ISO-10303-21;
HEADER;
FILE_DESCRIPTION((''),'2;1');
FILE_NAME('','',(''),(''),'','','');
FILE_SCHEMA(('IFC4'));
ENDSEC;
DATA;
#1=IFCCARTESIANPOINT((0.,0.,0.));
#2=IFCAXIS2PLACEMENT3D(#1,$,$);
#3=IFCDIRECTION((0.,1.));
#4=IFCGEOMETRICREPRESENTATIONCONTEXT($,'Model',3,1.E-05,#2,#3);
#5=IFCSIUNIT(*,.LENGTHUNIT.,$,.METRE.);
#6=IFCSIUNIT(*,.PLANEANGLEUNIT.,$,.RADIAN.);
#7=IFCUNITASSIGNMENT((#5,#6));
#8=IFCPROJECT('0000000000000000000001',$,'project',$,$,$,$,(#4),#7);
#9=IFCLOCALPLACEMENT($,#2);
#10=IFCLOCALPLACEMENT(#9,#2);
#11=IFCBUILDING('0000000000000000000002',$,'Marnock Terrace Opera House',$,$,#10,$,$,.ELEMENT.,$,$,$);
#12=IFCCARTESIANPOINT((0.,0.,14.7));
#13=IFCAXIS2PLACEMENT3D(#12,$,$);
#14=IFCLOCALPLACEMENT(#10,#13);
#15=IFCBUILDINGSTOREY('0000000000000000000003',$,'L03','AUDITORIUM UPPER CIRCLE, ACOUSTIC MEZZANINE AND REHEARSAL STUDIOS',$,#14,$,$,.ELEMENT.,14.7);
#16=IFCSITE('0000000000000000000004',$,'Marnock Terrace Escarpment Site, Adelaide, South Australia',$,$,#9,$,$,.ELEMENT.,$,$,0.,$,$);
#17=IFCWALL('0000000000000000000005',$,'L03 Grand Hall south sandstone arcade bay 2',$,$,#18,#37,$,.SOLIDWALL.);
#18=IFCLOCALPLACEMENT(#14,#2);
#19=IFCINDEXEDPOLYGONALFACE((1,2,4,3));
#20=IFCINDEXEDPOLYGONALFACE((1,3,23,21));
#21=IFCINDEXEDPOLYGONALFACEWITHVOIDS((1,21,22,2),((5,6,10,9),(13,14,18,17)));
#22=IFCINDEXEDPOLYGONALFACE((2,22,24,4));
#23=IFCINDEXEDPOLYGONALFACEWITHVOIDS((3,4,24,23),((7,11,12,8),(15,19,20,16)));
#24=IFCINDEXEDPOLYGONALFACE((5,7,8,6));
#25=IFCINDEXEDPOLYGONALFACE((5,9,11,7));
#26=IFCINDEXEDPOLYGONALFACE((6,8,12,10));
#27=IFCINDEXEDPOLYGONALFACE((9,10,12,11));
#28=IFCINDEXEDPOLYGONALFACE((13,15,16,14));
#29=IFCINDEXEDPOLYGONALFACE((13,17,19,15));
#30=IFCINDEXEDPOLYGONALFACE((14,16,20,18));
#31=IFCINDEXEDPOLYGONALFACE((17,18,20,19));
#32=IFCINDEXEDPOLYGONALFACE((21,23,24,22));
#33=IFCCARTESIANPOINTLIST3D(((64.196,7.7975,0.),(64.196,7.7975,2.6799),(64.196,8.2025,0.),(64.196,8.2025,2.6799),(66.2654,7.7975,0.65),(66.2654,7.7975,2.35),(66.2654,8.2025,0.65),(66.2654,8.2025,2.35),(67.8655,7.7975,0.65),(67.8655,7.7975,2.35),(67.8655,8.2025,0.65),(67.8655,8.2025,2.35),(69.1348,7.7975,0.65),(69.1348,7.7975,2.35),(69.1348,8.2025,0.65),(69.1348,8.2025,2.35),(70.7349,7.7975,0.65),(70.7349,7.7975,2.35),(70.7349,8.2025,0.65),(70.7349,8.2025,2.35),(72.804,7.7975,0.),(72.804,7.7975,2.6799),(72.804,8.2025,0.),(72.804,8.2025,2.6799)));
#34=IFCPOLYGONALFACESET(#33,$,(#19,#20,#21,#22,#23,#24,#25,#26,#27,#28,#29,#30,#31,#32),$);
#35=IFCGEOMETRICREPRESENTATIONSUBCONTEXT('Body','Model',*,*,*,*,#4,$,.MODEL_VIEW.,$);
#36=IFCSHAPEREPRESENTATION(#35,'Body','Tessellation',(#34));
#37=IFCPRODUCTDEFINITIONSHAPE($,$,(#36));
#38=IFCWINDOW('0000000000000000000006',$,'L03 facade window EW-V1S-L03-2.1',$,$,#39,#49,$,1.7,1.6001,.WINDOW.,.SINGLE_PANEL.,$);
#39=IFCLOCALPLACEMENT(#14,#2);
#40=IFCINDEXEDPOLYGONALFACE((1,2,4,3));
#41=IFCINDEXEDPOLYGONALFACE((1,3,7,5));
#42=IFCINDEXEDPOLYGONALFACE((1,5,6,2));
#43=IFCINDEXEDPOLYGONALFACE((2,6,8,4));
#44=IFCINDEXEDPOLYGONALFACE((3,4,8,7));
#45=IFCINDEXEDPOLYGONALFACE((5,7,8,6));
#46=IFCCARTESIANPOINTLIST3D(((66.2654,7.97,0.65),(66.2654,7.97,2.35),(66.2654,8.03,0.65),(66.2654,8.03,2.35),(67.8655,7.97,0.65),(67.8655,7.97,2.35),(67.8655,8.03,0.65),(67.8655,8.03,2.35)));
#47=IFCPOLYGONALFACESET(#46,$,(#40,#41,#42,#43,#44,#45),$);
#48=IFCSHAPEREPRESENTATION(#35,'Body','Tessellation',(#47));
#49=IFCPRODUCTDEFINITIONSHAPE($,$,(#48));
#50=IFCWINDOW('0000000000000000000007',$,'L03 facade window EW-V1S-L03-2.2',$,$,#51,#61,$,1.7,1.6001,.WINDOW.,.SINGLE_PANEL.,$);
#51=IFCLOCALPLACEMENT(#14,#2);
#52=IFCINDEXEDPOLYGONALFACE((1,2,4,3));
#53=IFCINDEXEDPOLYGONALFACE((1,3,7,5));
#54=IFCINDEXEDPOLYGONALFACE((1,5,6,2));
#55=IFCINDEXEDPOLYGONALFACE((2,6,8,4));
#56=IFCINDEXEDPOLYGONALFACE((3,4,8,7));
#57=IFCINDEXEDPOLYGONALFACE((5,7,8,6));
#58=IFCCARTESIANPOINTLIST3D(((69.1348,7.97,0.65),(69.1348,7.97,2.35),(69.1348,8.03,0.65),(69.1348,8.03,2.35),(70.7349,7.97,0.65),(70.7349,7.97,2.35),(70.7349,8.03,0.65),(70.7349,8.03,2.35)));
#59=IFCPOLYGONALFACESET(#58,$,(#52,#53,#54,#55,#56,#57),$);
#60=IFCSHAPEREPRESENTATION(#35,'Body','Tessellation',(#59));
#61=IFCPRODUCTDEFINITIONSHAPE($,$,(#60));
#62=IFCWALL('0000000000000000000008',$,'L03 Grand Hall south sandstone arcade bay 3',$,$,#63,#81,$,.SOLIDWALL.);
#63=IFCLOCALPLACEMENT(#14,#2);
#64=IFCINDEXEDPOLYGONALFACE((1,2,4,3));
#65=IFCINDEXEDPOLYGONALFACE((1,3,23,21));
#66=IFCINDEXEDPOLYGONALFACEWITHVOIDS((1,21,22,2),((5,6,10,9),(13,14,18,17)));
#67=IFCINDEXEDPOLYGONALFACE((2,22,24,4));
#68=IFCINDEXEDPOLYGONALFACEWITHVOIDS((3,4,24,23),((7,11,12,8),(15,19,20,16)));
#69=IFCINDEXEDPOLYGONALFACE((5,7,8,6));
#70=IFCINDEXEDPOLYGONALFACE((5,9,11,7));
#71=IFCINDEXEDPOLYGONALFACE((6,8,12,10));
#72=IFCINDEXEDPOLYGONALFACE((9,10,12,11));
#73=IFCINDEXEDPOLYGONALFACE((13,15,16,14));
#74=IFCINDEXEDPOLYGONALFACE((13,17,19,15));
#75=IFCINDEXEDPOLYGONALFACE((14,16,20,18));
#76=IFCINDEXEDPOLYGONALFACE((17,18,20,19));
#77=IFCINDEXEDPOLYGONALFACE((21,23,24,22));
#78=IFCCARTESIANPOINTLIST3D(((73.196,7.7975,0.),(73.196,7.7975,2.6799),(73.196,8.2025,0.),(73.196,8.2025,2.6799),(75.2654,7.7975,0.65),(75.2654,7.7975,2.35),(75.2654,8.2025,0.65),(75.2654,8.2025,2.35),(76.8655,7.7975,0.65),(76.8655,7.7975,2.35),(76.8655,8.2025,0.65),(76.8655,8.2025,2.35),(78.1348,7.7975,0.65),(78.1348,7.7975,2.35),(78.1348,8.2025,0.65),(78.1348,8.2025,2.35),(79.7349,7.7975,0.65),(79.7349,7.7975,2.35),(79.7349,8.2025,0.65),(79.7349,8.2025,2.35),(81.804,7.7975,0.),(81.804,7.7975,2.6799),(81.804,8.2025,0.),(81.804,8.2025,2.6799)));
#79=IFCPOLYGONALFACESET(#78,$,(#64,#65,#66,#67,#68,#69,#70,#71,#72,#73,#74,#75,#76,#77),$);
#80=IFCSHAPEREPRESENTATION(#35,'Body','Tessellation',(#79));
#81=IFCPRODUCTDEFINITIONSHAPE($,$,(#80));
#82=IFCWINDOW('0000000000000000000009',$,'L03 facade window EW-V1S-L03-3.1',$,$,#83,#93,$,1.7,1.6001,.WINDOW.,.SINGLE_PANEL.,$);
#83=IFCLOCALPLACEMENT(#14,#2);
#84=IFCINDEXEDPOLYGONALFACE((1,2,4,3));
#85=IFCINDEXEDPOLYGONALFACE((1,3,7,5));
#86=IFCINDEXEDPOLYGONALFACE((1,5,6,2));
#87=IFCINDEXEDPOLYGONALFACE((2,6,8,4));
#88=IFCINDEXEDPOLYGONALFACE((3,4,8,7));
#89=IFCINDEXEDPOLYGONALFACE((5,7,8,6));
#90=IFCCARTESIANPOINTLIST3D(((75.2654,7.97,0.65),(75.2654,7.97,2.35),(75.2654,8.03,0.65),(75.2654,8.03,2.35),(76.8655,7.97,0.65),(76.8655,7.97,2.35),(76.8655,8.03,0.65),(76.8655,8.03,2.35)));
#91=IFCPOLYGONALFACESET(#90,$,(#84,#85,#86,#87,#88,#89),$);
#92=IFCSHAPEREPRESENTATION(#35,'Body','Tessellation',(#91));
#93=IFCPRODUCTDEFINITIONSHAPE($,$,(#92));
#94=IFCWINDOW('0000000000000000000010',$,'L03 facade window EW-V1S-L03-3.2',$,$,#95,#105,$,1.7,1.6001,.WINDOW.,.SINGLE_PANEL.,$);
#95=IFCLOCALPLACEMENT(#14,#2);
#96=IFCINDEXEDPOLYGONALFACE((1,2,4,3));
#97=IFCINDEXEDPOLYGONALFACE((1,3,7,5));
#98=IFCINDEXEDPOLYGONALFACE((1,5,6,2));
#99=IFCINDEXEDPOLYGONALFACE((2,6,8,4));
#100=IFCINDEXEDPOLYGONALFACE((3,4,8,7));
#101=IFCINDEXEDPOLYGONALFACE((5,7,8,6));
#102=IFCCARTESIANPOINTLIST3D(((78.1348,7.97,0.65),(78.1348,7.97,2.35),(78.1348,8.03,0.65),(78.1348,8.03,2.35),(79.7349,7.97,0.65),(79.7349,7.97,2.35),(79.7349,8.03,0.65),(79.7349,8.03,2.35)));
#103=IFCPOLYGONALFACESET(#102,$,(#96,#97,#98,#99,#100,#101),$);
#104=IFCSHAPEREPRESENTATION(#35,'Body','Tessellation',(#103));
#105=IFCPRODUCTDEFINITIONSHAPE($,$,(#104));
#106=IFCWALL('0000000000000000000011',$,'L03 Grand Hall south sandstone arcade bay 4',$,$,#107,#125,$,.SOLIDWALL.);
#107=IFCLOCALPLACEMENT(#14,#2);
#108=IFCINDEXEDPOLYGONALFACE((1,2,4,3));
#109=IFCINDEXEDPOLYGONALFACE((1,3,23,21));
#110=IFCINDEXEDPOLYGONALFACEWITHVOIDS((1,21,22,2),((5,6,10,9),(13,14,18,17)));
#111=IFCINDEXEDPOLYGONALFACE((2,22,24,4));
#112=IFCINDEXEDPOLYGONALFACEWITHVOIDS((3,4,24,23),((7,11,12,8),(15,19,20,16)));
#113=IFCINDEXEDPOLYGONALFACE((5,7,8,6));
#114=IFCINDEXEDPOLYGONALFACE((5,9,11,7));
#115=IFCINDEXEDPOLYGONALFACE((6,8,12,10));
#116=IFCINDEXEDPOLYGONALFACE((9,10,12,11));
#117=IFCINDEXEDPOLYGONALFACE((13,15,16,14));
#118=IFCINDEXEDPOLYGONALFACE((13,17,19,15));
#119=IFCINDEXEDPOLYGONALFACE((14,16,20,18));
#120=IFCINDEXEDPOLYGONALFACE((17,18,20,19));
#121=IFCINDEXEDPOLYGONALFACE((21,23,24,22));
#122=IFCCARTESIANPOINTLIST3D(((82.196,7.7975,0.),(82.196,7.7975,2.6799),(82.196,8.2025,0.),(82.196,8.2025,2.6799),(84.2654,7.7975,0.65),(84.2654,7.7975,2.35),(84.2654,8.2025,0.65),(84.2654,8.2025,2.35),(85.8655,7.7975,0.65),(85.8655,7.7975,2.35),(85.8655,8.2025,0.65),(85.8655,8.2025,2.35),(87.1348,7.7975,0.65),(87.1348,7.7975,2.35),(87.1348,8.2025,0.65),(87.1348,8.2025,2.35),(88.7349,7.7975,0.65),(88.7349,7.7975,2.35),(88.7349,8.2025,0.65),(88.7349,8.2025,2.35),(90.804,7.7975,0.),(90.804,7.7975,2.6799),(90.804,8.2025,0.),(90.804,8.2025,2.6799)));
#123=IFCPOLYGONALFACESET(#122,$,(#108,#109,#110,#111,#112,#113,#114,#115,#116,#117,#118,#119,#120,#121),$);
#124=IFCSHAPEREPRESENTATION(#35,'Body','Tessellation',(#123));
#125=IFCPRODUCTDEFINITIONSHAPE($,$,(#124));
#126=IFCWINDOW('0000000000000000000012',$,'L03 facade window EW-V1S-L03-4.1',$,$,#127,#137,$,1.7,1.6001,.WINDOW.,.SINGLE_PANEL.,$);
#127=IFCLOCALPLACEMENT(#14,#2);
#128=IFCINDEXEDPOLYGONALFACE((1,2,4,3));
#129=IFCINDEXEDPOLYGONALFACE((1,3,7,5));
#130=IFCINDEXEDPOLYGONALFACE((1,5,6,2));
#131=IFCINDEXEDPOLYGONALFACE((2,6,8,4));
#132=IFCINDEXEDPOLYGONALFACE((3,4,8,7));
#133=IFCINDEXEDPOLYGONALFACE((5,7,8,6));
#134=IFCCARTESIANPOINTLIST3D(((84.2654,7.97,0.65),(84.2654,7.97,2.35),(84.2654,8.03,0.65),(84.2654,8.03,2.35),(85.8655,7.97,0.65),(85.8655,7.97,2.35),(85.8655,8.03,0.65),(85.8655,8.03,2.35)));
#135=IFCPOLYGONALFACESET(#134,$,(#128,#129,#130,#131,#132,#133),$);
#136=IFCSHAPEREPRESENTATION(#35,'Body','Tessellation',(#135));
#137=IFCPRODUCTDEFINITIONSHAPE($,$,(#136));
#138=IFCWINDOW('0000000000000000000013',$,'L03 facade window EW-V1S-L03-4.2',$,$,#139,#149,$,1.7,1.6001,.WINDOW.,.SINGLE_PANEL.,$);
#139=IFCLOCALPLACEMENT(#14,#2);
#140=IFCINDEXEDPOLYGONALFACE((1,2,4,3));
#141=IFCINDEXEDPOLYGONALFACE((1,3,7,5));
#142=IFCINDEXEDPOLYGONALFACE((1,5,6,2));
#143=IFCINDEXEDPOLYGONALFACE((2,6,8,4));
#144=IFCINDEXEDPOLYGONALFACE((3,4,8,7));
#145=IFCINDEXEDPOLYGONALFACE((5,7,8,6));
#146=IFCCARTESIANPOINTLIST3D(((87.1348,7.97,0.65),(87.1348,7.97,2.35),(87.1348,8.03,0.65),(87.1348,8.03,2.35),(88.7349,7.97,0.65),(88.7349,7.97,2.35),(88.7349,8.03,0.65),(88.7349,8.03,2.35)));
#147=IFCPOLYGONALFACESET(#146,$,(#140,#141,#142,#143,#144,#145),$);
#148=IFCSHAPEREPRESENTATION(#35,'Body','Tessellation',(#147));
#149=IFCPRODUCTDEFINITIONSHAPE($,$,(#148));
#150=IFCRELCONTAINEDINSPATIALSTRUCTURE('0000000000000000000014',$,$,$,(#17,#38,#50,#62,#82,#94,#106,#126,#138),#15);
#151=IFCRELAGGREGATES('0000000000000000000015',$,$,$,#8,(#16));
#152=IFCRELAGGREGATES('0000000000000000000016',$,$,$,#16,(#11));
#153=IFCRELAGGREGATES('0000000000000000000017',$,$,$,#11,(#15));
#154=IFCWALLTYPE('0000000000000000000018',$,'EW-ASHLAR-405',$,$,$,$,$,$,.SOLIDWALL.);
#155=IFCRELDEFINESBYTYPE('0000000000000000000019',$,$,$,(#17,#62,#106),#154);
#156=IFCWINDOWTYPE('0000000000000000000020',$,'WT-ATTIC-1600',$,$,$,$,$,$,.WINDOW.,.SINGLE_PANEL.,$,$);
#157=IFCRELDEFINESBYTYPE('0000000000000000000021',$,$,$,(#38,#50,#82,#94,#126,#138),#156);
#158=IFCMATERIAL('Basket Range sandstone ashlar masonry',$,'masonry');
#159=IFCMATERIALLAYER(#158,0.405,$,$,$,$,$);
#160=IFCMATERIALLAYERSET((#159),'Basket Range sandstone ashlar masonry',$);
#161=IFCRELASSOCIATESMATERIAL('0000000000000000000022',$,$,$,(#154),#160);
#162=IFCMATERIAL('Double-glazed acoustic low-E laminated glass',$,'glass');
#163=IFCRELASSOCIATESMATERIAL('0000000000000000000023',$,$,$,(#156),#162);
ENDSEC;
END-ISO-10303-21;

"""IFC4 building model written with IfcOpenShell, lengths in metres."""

from ifc_helpers import new_model, si_unit, direction, frame, frame_2d, origin, place, context, subcontext, project, spatial, rectangle, extrude, material, layer, layer_set, type_object, element, fill, save


model = new_model("IFC4")

# Units and contexts
model_context = context("Model", 3, precision=1e-05, world=origin(), true_north=direction((0.0, 1.0)))
body_context = subcontext(model_context, "Body", "Model", "MODEL_VIEW")
ifc_project = project(units=[si_unit("LENGTHUNIT", "METRE"), si_unit("PLANEANGLEUNIT", "RADIAN")], contexts=[model_context])

# Site, building, storey
site_placement = place(None, origin())
site = spatial("IfcSite", under=ifc_project, at=site_placement, Name="Marnock Terrace Escarpment Site, Adelaide, South Australia", CompositionType="ELEMENT", RefElevation=0.0)
building_placement = place(site_placement, origin())
building = spatial("IfcBuilding", under=site, at=building_placement, Name="Marnock Terrace Opera House", CompositionType="ELEMENT")
storey_placement = place(building_placement, frame((0.0, 0.0, 14.7)))
storey = spatial("IfcBuildingStorey", under=building, at=storey_placement, Name="L03", Description="AUDITORIUM UPPER CIRCLE, ACOUSTIC MEZZANINE AND REHEARSAL STUDIOS", CompositionType="ELEMENT", Elevation=14.7)

# Walls, openings, windows
ifc_material_1 = material(Name="Basket Range sandstone ashlar masonry", Category="masonry")
ifc_layer = layer(ifc_material_1, 0.405)
ifc_layer_set = layer_set([ifc_layer], Name="Basket Range sandstone ashlar masonry")
wall_type = type_object("IfcWallType", Name="EW-ASHLAR-405", PredefinedType="SOLIDWALL", material=ifc_layer_set)
wall_1_placement = place(storey_placement, frame((64.196, 8.0, 0.0), z_axis=(0.0, 0.0, 1.0), x_axis=(1.0, 0.0, 0.0)))
wall_1 = element("IfcWall", 1, at=wall_1_placement, inside=storey, type_object=wall_type, Name="L03 Grand Hall south sandstone arcade bay 2", PredefinedType="SOLIDWALL", context=body_context, shape_type="SweptSolid", body=[
    extrude(rectangle(XDim=8.6079, YDim=0.405, at=frame_2d((4.304, 0.0))), origin(), (0.0, 0.0, 1.0), 2.6799),
])
opening_1_placement = place(wall_1_placement, frame((2.0693, 0.0, 0.6499)))
opening_1 = element("IfcOpeningElement", 2, at=opening_1_placement, cuts=wall_1, PredefinedType="OPENING", context=body_context, shape_type="SweptSolid", body=[
    extrude(rectangle(XDim=1.6001, YDim=1.7, at=frame_2d((0.8, 0.8501))), frame((0.0, 0.2124, 0.0), z_axis=(0.0, -1.0, 0.0), x_axis=(1.0, 0.0, 0.0)), (0.0, 0.0, 1.0), 0.425),
])
opening_2_placement = place(wall_1_placement, frame((4.9387, 0.0, 0.6499)))
opening_2 = element("IfcOpeningElement", 3, at=opening_2_placement, cuts=wall_1, PredefinedType="OPENING", context=body_context, shape_type="SweptSolid", body=[
    extrude(rectangle(XDim=1.6001, YDim=1.7, at=frame_2d((0.8, 0.8501))), frame((0.0, 0.2124, 0.0), z_axis=(0.0, -1.0, 0.0), x_axis=(1.0, 0.0, 0.0)), (0.0, 0.0, 1.0), 0.425),
])
ifc_material_2 = material(Name="Double-glazed acoustic low-E laminated glass", Category="glass")
window_type = type_object("IfcWindowType", Name="WT-ATTIC-1600", PartitioningType="SINGLE_PANEL", PredefinedType="WINDOW", material=ifc_material_2)
window_1_placement = place(opening_1_placement, origin())
window_1 = element("IfcWindow", 4, at=window_1_placement, inside=storey, type_object=window_type, Name="L03 facade window EW-V1S-L03-2.1", OverallHeight=1.7, OverallWidth=1.6001, PartitioningType="SINGLE_PANEL", PredefinedType="WINDOW", context=body_context, shape_type="SweptSolid", body=[
    extrude(rectangle(XDim=1.6001, YDim=1.7, at=frame_2d((0.8, 0.8501))), frame((0.0, 0.03, 0.0), z_axis=(0.0, -1.0, 0.0), x_axis=(1.0, 0.0, 0.0)), (0.0, 0.0, 1.0), 0.0601),
])
fill(opening_1, window_1)
window_2_placement = place(opening_2_placement, origin())
window_2 = element("IfcWindow", 5, at=window_2_placement, inside=storey, type_object=window_type, Name="L03 facade window EW-V1S-L03-2.2", OverallHeight=1.7, OverallWidth=1.6001, PartitioningType="SINGLE_PANEL", PredefinedType="WINDOW", context=body_context, shape_type="SweptSolid", body=[
    extrude(rectangle(XDim=1.6001, YDim=1.7, at=frame_2d((0.8, 0.8501))), frame((0.0, 0.03, 0.0), z_axis=(0.0, -1.0, 0.0), x_axis=(1.0, 0.0, 0.0)), (0.0, 0.0, 1.0), 0.0601),
])
fill(opening_2, window_2)
wall_2_placement = place(storey_placement, frame((73.196, 8.0, 0.0), z_axis=(0.0, 0.0, 1.0), x_axis=(1.0, 0.0, 0.0)))
wall_2 = element("IfcWall", 6, at=wall_2_placement, inside=storey, type_object=wall_type, Name="L03 Grand Hall south sandstone arcade bay 3", PredefinedType="SOLIDWALL", context=body_context, shape_type="SweptSolid", body=[
    extrude(rectangle(XDim=8.6079, YDim=0.405, at=frame_2d((4.304, 0.0))), origin(), (0.0, 0.0, 1.0), 2.6799),
])
opening_3_placement = place(wall_2_placement, frame((2.0693, 0.0, 0.6499)))
opening_3 = element("IfcOpeningElement", 7, at=opening_3_placement, cuts=wall_2, PredefinedType="OPENING", context=body_context, shape_type="SweptSolid", body=[
    extrude(rectangle(XDim=1.6001, YDim=1.7, at=frame_2d((0.8, 0.8501))), frame((0.0, 0.2124, 0.0), z_axis=(0.0, -1.0, 0.0), x_axis=(1.0, 0.0, 0.0)), (0.0, 0.0, 1.0), 0.425),
])
opening_4_placement = place(wall_2_placement, frame((4.9387, 0.0, 0.6499)))
opening_4 = element("IfcOpeningElement", 8, at=opening_4_placement, cuts=wall_2, PredefinedType="OPENING", context=body_context, shape_type="SweptSolid", body=[
    extrude(rectangle(XDim=1.6001, YDim=1.7, at=frame_2d((0.8, 0.8501))), frame((0.0, 0.2124, 0.0), z_axis=(0.0, -1.0, 0.0), x_axis=(1.0, 0.0, 0.0)), (0.0, 0.0, 1.0), 0.425),
])
window_3_placement = place(opening_3_placement, origin())
window_3 = element("IfcWindow", 9, at=window_3_placement, inside=storey, type_object=window_type, Name="L03 facade window EW-V1S-L03-3.1", OverallHeight=1.7, OverallWidth=1.6001, PartitioningType="SINGLE_PANEL", PredefinedType="WINDOW", context=body_context, shape_type="SweptSolid", body=[
    extrude(rectangle(XDim=1.6001, YDim=1.7, at=frame_2d((0.8, 0.8501))), frame((0.0, 0.03, 0.0), z_axis=(0.0, -1.0, 0.0), x_axis=(1.0, 0.0, 0.0)), (0.0, 0.0, 1.0), 0.0601),
])
fill(opening_3, window_3)
window_4_placement = place(opening_4_placement, origin())
window_4 = element("IfcWindow", 10, at=window_4_placement, inside=storey, type_object=window_type, Name="L03 facade window EW-V1S-L03-3.2", OverallHeight=1.7, OverallWidth=1.6001, PartitioningType="SINGLE_PANEL", PredefinedType="WINDOW", context=body_context, shape_type="SweptSolid", body=[
    extrude(rectangle(XDim=1.6001, YDim=1.7, at=frame_2d((0.8, 0.8501))), frame((0.0, 0.03, 0.0), z_axis=(0.0, -1.0, 0.0), x_axis=(1.0, 0.0, 0.0)), (0.0, 0.0, 1.0), 0.0601),
])
fill(opening_4, window_4)
wall_3_placement = place(storey_placement, frame((82.196, 8.0, 0.0), z_axis=(0.0, 0.0, 1.0), x_axis=(1.0, 0.0, 0.0)))
wall_3 = element("IfcWall", 11, at=wall_3_placement, inside=storey, type_object=wall_type, Name="L03 Grand Hall south sandstone arcade bay 4", PredefinedType="SOLIDWALL", context=body_context, shape_type="SweptSolid", body=[
    extrude(rectangle(XDim=8.6079, YDim=0.405, at=frame_2d((4.304, 0.0))), origin(), (0.0, 0.0, 1.0), 2.6799),
])
opening_5_placement = place(wall_3_placement, frame((2.0693, 0.0, 0.6499)))
opening_5 = element("IfcOpeningElement", 12, at=opening_5_placement, cuts=wall_3, PredefinedType="OPENING", context=body_context, shape_type="SweptSolid", body=[
    extrude(rectangle(XDim=1.6001, YDim=1.7, at=frame_2d((0.8, 0.8501))), frame((0.0, 0.2124, 0.0), z_axis=(0.0, -1.0, 0.0), x_axis=(1.0, 0.0, 0.0)), (0.0, 0.0, 1.0), 0.425),
])
opening_6_placement = place(wall_3_placement, frame((4.9387, 0.0, 0.6499)))
opening_6 = element("IfcOpeningElement", 13, at=opening_6_placement, cuts=wall_3, PredefinedType="OPENING", context=body_context, shape_type="SweptSolid", body=[
    extrude(rectangle(XDim=1.6001, YDim=1.7, at=frame_2d((0.8, 0.8501))), frame((0.0, 0.2124, 0.0), z_axis=(0.0, -1.0, 0.0), x_axis=(1.0, 0.0, 0.0)), (0.0, 0.0, 1.0), 0.425),
])
window_5_placement = place(opening_5_placement, origin())
window_5 = element("IfcWindow", 14, at=window_5_placement, inside=storey, type_object=window_type, Name="L03 facade window EW-V1S-L03-4.1", OverallHeight=1.7, OverallWidth=1.6001, PartitioningType="SINGLE_PANEL", PredefinedType="WINDOW", context=body_context, shape_type="SweptSolid", body=[
    extrude(rectangle(XDim=1.6001, YDim=1.7, at=frame_2d((0.8, 0.8501))), frame((0.0, 0.03, 0.0), z_axis=(0.0, -1.0, 0.0), x_axis=(1.0, 0.0, 0.0)), (0.0, 0.0, 1.0), 0.0601),
])
fill(opening_5, window_5)
window_6_placement = place(opening_6_placement, origin())
window_6 = element("IfcWindow", 15, at=window_6_placement, inside=storey, type_object=window_type, Name="L03 facade window EW-V1S-L03-4.2", OverallHeight=1.7, OverallWidth=1.6001, PartitioningType="SINGLE_PANEL", PredefinedType="WINDOW", context=body_context, shape_type="SweptSolid", body=[
    extrude(rectangle(XDim=1.6001, YDim=1.7, at=frame_2d((0.8, 0.8501))), frame((0.0, 0.03, 0.0), z_axis=(0.0, -1.0, 0.0), x_axis=(1.0, 0.0, 0.0)), (0.0, 0.0, 1.0), 0.0601),
])
fill(opening_6, window_6)

save(model, "model.ifc")
